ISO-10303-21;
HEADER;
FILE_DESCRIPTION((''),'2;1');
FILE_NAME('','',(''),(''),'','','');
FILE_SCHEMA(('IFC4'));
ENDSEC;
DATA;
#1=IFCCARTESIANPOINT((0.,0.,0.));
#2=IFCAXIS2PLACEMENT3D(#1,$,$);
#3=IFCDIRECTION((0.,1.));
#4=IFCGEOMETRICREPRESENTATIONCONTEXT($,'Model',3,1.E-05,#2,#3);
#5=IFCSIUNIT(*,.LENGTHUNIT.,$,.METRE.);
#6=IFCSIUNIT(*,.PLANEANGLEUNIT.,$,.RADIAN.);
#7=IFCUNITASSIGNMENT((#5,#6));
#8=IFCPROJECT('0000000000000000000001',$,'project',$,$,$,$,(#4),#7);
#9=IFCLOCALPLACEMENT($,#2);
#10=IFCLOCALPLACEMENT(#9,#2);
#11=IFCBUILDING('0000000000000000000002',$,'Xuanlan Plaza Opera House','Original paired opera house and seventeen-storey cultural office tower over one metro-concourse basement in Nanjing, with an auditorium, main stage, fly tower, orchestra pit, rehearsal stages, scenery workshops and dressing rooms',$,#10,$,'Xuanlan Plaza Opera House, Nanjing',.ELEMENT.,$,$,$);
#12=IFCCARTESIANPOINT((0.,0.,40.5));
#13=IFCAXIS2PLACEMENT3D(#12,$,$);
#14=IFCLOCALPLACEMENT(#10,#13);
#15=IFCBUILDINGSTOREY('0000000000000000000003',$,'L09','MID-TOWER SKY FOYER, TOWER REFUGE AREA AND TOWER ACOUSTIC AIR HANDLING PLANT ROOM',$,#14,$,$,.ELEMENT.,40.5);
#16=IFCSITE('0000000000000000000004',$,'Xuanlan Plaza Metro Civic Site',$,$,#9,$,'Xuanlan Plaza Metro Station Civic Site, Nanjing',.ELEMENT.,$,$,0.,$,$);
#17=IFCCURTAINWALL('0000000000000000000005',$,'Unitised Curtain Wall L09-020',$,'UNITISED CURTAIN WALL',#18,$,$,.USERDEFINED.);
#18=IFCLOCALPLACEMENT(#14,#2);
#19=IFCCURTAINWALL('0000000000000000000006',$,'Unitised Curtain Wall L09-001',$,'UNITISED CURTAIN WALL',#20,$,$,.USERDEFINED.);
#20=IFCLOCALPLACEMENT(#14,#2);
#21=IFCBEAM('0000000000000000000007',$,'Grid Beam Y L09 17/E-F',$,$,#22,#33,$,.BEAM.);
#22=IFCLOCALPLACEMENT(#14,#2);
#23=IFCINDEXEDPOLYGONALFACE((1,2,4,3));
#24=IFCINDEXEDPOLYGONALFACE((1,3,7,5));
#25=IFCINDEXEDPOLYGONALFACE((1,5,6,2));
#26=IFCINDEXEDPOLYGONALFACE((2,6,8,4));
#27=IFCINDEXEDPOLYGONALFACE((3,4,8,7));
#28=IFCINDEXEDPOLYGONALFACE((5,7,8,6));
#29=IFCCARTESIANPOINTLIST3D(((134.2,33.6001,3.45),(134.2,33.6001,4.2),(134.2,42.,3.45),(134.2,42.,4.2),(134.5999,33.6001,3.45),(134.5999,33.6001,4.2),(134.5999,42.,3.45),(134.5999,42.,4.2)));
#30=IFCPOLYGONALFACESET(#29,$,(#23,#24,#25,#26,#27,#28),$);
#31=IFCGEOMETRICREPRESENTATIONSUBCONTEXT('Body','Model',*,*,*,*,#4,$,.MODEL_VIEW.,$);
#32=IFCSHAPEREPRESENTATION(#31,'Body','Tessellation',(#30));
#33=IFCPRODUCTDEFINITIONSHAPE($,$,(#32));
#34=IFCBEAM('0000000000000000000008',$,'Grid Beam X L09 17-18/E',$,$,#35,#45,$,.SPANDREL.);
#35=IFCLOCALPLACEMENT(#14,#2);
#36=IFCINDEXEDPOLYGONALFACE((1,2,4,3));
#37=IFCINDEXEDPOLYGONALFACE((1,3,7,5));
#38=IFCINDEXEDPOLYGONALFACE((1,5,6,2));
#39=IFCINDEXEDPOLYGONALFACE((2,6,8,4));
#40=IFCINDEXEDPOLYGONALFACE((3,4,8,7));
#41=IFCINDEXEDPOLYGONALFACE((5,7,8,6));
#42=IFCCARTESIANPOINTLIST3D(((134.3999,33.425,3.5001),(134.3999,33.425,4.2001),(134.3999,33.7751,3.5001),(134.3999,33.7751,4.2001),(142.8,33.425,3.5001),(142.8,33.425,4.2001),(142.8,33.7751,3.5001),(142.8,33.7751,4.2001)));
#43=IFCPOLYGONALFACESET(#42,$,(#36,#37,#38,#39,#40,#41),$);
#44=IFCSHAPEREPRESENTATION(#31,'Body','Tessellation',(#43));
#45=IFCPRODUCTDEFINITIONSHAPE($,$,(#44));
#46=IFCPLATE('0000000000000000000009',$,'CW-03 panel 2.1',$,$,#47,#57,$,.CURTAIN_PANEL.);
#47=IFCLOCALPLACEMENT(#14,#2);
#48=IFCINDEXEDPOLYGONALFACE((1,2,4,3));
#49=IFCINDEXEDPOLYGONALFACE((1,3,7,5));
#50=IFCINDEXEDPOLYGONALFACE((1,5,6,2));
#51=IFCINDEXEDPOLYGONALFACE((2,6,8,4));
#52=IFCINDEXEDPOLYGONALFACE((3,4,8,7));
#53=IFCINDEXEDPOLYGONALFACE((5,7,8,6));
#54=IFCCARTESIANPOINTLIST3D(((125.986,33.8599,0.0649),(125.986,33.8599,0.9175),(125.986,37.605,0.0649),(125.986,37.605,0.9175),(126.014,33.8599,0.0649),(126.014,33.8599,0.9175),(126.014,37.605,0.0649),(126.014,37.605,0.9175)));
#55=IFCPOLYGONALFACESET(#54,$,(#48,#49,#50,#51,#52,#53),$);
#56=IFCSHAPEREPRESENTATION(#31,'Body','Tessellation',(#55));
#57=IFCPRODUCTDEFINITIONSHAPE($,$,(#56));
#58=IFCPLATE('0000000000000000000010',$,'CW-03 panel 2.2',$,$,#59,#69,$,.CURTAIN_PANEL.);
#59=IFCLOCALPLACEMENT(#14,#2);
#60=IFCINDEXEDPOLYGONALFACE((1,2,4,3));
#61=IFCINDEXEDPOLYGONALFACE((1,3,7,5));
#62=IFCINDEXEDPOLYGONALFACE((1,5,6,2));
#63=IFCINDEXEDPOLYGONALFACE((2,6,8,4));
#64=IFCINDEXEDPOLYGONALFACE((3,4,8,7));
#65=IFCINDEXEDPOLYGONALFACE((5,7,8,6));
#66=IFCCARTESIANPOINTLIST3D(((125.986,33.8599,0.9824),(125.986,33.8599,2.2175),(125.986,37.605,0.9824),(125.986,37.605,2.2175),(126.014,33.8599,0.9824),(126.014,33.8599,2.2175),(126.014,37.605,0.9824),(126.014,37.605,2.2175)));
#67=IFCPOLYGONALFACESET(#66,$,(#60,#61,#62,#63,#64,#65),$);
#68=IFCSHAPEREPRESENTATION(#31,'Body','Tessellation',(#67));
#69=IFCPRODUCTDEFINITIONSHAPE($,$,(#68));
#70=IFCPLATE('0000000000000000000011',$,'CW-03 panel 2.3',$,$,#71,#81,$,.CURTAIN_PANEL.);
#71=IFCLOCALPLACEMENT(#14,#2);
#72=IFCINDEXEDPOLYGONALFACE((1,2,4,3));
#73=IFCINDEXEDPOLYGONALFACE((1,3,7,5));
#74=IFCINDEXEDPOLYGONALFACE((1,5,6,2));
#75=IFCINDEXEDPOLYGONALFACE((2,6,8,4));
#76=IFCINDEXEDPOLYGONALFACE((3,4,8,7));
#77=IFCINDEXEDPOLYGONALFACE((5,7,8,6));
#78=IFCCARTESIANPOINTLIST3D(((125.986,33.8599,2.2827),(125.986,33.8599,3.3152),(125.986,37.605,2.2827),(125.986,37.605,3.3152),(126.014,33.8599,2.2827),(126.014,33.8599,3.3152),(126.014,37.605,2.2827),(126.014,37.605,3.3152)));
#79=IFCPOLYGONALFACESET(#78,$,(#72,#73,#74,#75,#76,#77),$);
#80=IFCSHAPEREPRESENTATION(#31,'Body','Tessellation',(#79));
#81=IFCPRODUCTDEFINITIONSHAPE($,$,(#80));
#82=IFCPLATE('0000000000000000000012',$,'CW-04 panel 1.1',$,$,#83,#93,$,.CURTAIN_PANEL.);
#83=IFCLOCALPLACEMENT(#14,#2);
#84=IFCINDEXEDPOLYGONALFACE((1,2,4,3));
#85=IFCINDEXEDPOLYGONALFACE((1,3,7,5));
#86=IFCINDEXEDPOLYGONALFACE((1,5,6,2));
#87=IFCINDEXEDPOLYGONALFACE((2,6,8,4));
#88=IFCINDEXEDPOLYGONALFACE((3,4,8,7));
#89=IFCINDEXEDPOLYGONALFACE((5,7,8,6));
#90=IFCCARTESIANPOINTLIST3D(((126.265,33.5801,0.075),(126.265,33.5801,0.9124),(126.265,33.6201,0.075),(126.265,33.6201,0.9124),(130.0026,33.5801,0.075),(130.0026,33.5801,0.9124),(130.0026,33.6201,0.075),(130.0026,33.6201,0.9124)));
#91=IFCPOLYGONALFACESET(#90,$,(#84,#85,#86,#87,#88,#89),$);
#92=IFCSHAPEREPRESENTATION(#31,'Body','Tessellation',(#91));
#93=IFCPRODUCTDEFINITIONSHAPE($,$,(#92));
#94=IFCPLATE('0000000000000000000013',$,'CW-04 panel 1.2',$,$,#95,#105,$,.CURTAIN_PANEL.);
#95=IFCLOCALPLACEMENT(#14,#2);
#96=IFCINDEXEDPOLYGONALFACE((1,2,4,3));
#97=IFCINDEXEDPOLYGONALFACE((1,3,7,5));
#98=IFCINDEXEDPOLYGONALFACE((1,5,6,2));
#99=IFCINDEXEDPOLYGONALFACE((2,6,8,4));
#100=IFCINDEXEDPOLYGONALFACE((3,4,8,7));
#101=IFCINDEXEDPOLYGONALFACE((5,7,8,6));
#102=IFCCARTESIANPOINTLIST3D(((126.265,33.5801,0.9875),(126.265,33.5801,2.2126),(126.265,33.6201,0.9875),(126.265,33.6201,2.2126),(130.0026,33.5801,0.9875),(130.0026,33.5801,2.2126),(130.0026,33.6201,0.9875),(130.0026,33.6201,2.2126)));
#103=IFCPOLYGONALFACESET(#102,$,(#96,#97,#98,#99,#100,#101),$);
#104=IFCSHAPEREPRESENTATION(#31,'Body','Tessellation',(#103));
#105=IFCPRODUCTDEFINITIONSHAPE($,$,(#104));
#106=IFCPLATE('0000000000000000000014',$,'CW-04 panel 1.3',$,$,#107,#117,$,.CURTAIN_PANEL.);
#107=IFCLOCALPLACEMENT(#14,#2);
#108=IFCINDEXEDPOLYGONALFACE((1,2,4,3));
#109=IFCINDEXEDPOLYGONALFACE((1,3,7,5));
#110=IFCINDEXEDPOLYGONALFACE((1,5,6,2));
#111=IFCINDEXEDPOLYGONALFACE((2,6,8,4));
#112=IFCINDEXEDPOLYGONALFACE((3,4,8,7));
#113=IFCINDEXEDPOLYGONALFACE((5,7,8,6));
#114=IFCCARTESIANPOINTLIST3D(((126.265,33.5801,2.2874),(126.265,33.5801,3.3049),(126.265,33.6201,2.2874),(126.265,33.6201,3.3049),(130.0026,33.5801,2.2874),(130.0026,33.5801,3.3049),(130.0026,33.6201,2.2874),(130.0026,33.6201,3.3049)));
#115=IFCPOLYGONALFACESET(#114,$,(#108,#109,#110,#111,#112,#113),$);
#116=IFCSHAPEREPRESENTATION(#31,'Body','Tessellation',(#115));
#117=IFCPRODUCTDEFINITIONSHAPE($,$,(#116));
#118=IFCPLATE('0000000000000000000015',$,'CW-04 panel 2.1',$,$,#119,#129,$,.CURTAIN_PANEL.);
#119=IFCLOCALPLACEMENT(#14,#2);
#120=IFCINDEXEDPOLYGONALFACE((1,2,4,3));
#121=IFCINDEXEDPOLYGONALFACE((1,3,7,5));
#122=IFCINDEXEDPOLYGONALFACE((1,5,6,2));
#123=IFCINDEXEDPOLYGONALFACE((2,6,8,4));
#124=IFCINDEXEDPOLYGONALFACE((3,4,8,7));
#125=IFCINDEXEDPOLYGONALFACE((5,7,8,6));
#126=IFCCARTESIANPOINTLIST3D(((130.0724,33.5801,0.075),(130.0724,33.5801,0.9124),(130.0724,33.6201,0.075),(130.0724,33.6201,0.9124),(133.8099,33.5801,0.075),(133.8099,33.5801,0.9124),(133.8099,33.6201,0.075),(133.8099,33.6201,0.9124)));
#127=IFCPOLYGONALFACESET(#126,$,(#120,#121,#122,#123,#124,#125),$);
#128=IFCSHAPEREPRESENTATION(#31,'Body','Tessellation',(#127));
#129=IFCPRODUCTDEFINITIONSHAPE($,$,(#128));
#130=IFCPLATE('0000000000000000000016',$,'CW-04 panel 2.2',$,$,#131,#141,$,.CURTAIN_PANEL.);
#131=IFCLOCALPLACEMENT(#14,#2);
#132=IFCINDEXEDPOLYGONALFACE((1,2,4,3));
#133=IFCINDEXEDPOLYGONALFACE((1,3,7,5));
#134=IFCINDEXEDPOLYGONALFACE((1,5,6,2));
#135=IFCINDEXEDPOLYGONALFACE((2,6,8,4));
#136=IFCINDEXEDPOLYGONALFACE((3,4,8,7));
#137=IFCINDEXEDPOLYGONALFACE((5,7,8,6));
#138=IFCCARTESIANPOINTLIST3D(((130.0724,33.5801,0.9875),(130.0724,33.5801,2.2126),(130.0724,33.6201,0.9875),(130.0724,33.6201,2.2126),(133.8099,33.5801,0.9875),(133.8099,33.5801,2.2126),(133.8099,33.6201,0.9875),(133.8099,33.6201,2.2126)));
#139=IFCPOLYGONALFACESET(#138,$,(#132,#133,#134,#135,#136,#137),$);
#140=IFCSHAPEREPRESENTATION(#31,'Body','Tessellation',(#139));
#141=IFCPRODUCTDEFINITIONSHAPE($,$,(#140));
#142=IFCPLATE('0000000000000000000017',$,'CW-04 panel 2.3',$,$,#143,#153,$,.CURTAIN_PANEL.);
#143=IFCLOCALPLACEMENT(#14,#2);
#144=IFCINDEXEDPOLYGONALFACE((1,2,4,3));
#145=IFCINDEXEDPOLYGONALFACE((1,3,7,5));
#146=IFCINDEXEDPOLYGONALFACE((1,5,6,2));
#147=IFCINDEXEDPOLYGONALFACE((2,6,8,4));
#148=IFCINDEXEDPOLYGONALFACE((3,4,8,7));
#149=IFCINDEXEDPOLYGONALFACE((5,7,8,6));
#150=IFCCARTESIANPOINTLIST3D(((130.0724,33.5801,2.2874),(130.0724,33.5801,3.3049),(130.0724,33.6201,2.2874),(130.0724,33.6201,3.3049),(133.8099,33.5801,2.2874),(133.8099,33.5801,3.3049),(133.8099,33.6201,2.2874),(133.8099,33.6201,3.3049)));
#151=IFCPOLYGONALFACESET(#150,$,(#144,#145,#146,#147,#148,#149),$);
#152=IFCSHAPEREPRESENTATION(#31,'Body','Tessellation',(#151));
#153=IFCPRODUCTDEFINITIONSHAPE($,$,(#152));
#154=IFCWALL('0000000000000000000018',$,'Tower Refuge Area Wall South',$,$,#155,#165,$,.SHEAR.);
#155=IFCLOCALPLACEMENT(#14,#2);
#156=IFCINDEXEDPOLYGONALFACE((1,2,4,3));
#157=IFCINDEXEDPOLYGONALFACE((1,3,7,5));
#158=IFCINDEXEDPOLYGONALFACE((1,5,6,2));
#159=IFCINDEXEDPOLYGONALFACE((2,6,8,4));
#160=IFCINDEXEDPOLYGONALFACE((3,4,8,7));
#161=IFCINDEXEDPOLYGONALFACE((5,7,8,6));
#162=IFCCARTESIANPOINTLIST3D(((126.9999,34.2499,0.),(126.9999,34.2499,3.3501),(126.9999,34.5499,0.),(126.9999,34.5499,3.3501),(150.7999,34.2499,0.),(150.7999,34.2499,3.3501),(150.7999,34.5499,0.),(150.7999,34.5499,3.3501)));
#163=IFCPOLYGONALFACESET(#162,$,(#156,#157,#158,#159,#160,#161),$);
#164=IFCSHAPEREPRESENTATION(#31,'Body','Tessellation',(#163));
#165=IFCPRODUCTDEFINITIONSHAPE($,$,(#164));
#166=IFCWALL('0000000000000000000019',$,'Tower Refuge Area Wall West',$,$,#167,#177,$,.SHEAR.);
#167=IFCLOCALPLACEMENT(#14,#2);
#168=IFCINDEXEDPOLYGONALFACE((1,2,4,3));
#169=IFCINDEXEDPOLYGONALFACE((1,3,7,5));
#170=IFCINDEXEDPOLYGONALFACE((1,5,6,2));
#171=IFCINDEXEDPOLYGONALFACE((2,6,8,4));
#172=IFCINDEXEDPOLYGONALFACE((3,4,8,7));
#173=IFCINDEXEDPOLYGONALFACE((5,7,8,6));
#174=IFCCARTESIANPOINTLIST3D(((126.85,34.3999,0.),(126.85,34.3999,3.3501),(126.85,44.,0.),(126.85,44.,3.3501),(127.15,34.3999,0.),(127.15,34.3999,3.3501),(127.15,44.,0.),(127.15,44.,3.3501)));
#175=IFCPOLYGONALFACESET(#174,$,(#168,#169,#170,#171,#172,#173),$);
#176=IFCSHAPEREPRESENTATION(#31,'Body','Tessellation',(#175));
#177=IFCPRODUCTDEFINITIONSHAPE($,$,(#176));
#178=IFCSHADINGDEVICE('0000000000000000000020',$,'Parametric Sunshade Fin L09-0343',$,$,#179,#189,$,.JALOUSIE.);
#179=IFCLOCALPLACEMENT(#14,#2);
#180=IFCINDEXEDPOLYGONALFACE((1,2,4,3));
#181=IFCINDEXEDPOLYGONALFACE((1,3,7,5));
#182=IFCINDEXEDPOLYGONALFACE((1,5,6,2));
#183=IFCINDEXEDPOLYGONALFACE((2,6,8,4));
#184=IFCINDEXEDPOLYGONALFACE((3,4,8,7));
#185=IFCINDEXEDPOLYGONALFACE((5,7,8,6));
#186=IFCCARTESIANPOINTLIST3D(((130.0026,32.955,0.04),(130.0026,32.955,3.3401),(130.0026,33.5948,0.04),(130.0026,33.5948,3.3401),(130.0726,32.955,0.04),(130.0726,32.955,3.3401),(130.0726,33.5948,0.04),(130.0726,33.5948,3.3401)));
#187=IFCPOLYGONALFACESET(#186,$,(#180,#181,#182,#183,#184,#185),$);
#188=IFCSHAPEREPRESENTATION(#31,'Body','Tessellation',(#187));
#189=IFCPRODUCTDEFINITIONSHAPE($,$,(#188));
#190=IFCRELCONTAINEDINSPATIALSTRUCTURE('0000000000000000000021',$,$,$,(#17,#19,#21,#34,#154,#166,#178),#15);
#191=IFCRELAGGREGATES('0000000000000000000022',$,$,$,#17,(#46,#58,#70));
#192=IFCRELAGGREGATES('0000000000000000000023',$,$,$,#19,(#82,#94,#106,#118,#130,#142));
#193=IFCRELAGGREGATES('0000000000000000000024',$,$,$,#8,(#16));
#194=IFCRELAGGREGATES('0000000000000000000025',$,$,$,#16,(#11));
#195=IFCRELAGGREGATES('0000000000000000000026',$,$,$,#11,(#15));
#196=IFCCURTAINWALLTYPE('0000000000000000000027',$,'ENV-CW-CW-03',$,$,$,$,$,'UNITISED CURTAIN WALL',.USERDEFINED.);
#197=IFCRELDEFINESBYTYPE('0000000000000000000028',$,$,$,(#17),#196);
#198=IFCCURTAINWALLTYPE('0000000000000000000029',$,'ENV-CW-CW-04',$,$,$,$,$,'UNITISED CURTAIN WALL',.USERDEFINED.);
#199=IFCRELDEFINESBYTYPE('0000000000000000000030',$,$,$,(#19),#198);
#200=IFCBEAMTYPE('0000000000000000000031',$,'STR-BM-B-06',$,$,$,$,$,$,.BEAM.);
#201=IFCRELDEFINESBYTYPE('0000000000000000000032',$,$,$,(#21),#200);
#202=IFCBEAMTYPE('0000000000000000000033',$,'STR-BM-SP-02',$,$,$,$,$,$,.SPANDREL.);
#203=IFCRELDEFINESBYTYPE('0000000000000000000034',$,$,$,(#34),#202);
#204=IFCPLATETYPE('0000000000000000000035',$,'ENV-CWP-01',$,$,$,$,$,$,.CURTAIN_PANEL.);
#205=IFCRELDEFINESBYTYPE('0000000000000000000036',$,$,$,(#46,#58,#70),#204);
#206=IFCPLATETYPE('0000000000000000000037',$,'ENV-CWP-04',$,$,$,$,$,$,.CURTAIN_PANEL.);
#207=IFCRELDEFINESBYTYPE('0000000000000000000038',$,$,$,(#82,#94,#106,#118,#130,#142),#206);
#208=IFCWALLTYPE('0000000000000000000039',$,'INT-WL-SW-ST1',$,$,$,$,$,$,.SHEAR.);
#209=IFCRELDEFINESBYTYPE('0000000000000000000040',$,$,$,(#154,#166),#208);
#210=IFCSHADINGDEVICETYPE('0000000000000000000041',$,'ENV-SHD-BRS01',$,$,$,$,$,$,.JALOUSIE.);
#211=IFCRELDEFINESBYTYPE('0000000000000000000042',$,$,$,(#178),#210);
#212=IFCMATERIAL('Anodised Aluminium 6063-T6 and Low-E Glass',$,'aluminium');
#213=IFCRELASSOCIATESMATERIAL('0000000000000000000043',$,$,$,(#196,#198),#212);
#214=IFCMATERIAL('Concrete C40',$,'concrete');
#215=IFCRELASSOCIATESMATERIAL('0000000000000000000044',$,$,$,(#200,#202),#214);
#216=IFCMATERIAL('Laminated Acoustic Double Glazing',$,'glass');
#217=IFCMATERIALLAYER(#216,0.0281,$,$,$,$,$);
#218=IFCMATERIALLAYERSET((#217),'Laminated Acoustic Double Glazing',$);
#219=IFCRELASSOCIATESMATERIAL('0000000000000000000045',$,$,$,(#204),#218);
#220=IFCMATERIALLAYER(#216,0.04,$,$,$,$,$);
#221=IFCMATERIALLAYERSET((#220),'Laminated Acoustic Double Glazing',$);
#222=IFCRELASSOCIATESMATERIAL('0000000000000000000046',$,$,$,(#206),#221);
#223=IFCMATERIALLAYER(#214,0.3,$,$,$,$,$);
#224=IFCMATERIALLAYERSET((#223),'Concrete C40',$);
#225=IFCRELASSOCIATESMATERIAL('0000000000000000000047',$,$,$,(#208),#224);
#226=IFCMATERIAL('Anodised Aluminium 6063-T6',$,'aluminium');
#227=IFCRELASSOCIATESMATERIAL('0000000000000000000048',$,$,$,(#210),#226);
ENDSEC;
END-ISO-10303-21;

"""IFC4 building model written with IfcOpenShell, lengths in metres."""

from ifc_helpers import new_model, si_unit, direction, frame, frame_2d, origin, origin_2d, place, context, subcontext, project, spatial, rectangle, extrude, material, layer, layer_set, material_profile, profile_set, type_object, element, aggregate, save


model = new_model("IFC4")

# Units and contexts
model_context = context("Model", 3, precision=1e-05, world=origin(), true_north=direction((0.0, 1.0)))
body_context = subcontext(model_context, "Body", "Model", "MODEL_VIEW")
ifc_project = project(units=[si_unit("LENGTHUNIT", "METRE"), si_unit("PLANEANGLEUNIT", "RADIAN")], contexts=[model_context])

# Site, building, storey
site_placement = place(None, origin())
site = spatial("IfcSite", under=ifc_project, at=site_placement, Name="Xuanlan Plaza Metro Civic Site", LongName="Xuanlan Plaza Metro Station Civic Site, Nanjing", CompositionType="ELEMENT", RefElevation=0.0)
building_placement = place(site_placement, origin())
building = spatial("IfcBuilding", under=site, at=building_placement, Name="Xuanlan Plaza Opera House", Description="Original paired opera house and seventeen-storey cultural office tower over one metro-concourse basement in Nanjing, with an auditorium, main stage, fly tower, orchestra pit, rehearsal stages, scenery workshops and dressing rooms", LongName="Xuanlan Plaza Opera House, Nanjing", CompositionType="ELEMENT")
storey_placement = place(building_placement, frame((0.0, 0.0, 40.5)))
storey = spatial("IfcBuildingStorey", under=building, at=storey_placement, Name="L09", Description="MID-TOWER SKY FOYER, TOWER REFUGE AREA AND TOWER ACOUSTIC AIR HANDLING PLANT ROOM", CompositionType="ELEMENT", Elevation=40.5)

# Curtain wall
ifc_material_1 = material(Name="Anodised Aluminium 6063-T6 and Low-E Glass", Category="aluminium")
curtain_wall_type_1 = type_object("IfcCurtainWallType", Name="ENV-CW-CW-03", ElementType="UNITISED CURTAIN WALL", PredefinedType="USERDEFINED", material=ifc_material_1)
curtain_wall_1_placement = place(storey_placement, origin())
curtain_wall_1 = element("IfcCurtainWall", 1, at=curtain_wall_1_placement, inside=storey, type_object=curtain_wall_type_1, Name="Unitised Curtain Wall L09-020", ObjectType="UNITISED CURTAIN WALL", PredefinedType="USERDEFINED")
ifc_material_2 = material(Name="Anodised Aluminium 6063-T6", Category="aluminium")

# Curtain wall
curtain_wall_type_2 = type_object("IfcCurtainWallType", Name="ENV-CW-CW-04", ElementType="UNITISED CURTAIN WALL", PredefinedType="USERDEFINED", material=ifc_material_1)
curtain_wall_2_placement = place(storey_placement, origin())
curtain_wall_2 = element("IfcCurtainWall", 2, at=curtain_wall_2_placement, inside=storey, type_object=curtain_wall_type_2, Name="Unitised Curtain Wall L09-001", ObjectType="UNITISED CURTAIN WALL", PredefinedType="USERDEFINED")

# Beams
ifc_material_3 = material(Name="Concrete C40", Category="concrete")
ifc_material_profile_1 = material_profile(ifc_material_3, rectangle(XDim=0.3999, YDim=0.75, at=origin_2d()), Name="RC-BM 400x750")
ifc_profile_set_1 = profile_set([ifc_material_profile_1], Name="Concrete C40")
beam_type_1 = type_object("IfcBeamType", Name="STR-BM-B-06", PredefinedType="BEAM", material=ifc_profile_set_1)
beam_1_placement = place(storey_placement, frame((134.3999, 33.6001, 3.825), z_axis=(0.0, 1.0, 0.0), x_axis=(-1.0, 0.0, 0.0)))
element("IfcBeam", 3, at=beam_1_placement, inside=storey, type_object=beam_type_1, Name="Grid Beam Y L09 17/E-F", PredefinedType="BEAM", context=body_context, shape_type="SweptSolid", body=[
    extrude(rectangle(XDim=0.3999, YDim=0.75, at=origin_2d()), origin(), (0.0, 0.0, 1.0), 8.3999),
])
ifc_material_profile_2 = material_profile(ifc_material_3, rectangle(XDim=0.3501, YDim=0.7, at=origin_2d()), Name="RC-SPD 350x700")
ifc_profile_set_2 = profile_set([ifc_material_profile_2], Name="Concrete C40")
beam_type_2 = type_object("IfcBeamType", Name="STR-BM-SP-02", PredefinedType="SPANDREL", material=ifc_profile_set_2)
beam_2_placement = place(storey_placement, frame((134.3999, 33.6001, 3.8501), z_axis=(1.0, 0.0, 0.0), x_axis=(0.0, 1.0, 0.0)))
element("IfcBeam", 4, at=beam_2_placement, inside=storey, type_object=beam_type_2, Name="Grid Beam X L09 17-18/E", PredefinedType="SPANDREL", context=body_context, shape_type="SweptSolid", body=[
    extrude(rectangle(XDim=0.3501, YDim=0.7, at=origin_2d()), origin(), (0.0, 0.0, 1.0), 8.4001),
])

# Plates
ifc_material_4 = material(Name="Laminated Acoustic Double Glazing", Category="glass")
ifc_layer_1 = layer(ifc_material_4, 0.0281)
ifc_layer_set_1 = layer_set([ifc_layer_1], Name="Laminated Acoustic Double Glazing")
plate_type_1 = type_object("IfcPlateType", Name="ENV-CWP-01", PredefinedType="CURTAIN_PANEL", material=ifc_layer_set_1)
plate_1_placement = place(storey_placement, frame((126.0, 35.7324, 0.0649), z_axis=(0.0, 0.0, 1.0), x_axis=(0.0, -1.0, 0.0)))
plate_1 = element("IfcPlate", 5, at=plate_1_placement, type_object=plate_type_1, Name="CW-03 panel 2.1", PredefinedType="CURTAIN_PANEL", context=body_context, shape_type="SweptSolid", body=[
    extrude(rectangle(XDim=3.7451, YDim=0.0281, at=origin_2d()), origin(), (0.0, 0.0, 1.0), 0.8525),
])
plate_2_placement = place(storey_placement, frame((126.0, 35.7324, 0.9824), z_axis=(0.0, 0.0, 1.0), x_axis=(0.0, -1.0, 0.0)))
plate_2 = element("IfcPlate", 6, at=plate_2_placement, type_object=plate_type_1, Name="CW-03 panel 2.2", PredefinedType="CURTAIN_PANEL", context=body_context, shape_type="SweptSolid", body=[
    extrude(rectangle(XDim=3.7451, YDim=0.0281, at=origin_2d()), origin(), (0.0, 0.0, 1.0), 1.2351),
])
plate_3_placement = place(storey_placement, frame((126.0, 35.7324, 2.2827), z_axis=(0.0, 0.0, 1.0), x_axis=(0.0, -1.0, 0.0)))
plate_3 = element("IfcPlate", 7, at=plate_3_placement, type_object=plate_type_1, Name="CW-03 panel 2.3", PredefinedType="CURTAIN_PANEL", context=body_context, shape_type="SweptSolid", body=[
    extrude(rectangle(XDim=3.7451, YDim=0.0281, at=origin_2d()), origin(), (0.0, 0.0, 1.0), 1.0325),
])
aggregate(curtain_wall_1, [plate_1, plate_2, plate_3])
ifc_layer_2 = layer(ifc_material_4, 0.04)
ifc_layer_set_2 = layer_set([ifc_layer_2], Name="Laminated Acoustic Double Glazing")
plate_type_2 = type_object("IfcPlateType", Name="ENV-CWP-04", PredefinedType="CURTAIN_PANEL", material=ifc_layer_set_2)
plate_4_placement = place(storey_placement, frame((128.1338, 33.6001, 0.075), z_axis=(0.0, 0.0, 1.0), x_axis=(1.0, 0.0, 0.0)))
plate_4 = element("IfcPlate", 8, at=plate_4_placement, type_object=plate_type_2, Name="CW-04 panel 1.1", PredefinedType="CURTAIN_PANEL", context=body_context, shape_type="SweptSolid", body=[
    extrude(rectangle(XDim=3.7375, YDim=0.04, at=origin_2d()), origin(), (0.0, 0.0, 1.0), 0.8374),
])
plate_5_placement = place(storey_placement, frame((128.1338, 33.6001, 0.9875), z_axis=(0.0, 0.0, 1.0), x_axis=(1.0, 0.0, 0.0)))
plate_5 = element("IfcPlate", 9, at=plate_5_placement, type_object=plate_type_2, Name="CW-04 panel 1.2", PredefinedType="CURTAIN_PANEL", context=body_context, shape_type="SweptSolid", body=[
    extrude(rectangle(XDim=3.7375, YDim=0.04, at=origin_2d()), origin(), (0.0, 0.0, 1.0), 1.2251),
])
plate_6_placement = place(storey_placement, frame((128.1338, 33.6001, 2.2874), z_axis=(0.0, 0.0, 1.0), x_axis=(1.0, 0.0, 0.0)))
plate_6 = element("IfcPlate", 10, at=plate_6_placement, type_object=plate_type_2, Name="CW-04 panel 1.3", PredefinedType="CURTAIN_PANEL", context=body_context, shape_type="SweptSolid", body=[
    extrude(rectangle(XDim=3.7375, YDim=0.04, at=origin_2d()), origin(), (0.0, 0.0, 1.0), 1.0176),
])
plate_7_placement = place(storey_placement, frame((131.9412, 33.6001, 0.075), z_axis=(0.0, 0.0, 1.0), x_axis=(1.0, 0.0, 0.0)))
plate_7 = element("IfcPlate", 11, at=plate_7_placement, type_object=plate_type_2, Name="CW-04 panel 2.1", PredefinedType="CURTAIN_PANEL", context=body_context, shape_type="SweptSolid", body=[
    extrude(rectangle(XDim=3.7375, YDim=0.04, at=origin_2d()), origin(), (0.0, 0.0, 1.0), 0.8374),
])
plate_8_placement = place(storey_placement, frame((131.9412, 33.6001, 0.9875), z_axis=(0.0, 0.0, 1.0), x_axis=(1.0, 0.0, 0.0)))
plate_8 = element("IfcPlate", 12, at=plate_8_placement, type_object=plate_type_2, Name="CW-04 panel 2.2", PredefinedType="CURTAIN_PANEL", context=body_context, shape_type="SweptSolid", body=[
    extrude(rectangle(XDim=3.7375, YDim=0.04, at=origin_2d()), origin(), (0.0, 0.0, 1.0), 1.2251),
])
plate_9_placement = place(storey_placement, frame((131.9412, 33.6001, 2.2874), z_axis=(0.0, 0.0, 1.0), x_axis=(1.0, 0.0, 0.0)))
plate_9 = element("IfcPlate", 13, at=plate_9_placement, type_object=plate_type_2, Name="CW-04 panel 2.3", PredefinedType="CURTAIN_PANEL", context=body_context, shape_type="SweptSolid", body=[
    extrude(rectangle(XDim=3.7375, YDim=0.04, at=origin_2d()), origin(), (0.0, 0.0, 1.0), 1.0176),
])
aggregate(curtain_wall_2, [plate_4, plate_5, plate_6, plate_7, plate_8, plate_9])

# Walls
ifc_layer_3 = layer(ifc_material_3, 0.3)
ifc_layer_set_3 = layer_set([ifc_layer_3], Name="Concrete C40")
wall_type = type_object("IfcWallType", Name="INT-WL-SW-ST1", PredefinedType="SHEAR", material=ifc_layer_set_3)
wall_1_placement = place(storey_placement, frame((127.0, 34.3999, 0.0), z_axis=(0.0, 0.0, 1.0), x_axis=(1.0, 0.0, 0.0)))
element("IfcWall", 14, at=wall_1_placement, inside=storey, type_object=wall_type, Name="Tower Refuge Area Wall South", PredefinedType="SHEAR", context=body_context, shape_type="SweptSolid", body=[
    extrude(rectangle(XDim=23.8, YDim=0.3, at=frame_2d((11.8999, 0.0))), origin(), (0.0, 0.0, 1.0), 3.3501),
])
wall_2_placement = place(storey_placement, frame((127.0, 34.3999, 0.0), z_axis=(0.0, 0.0, 1.0), x_axis=(0.0, 1.0, 0.0)))
element("IfcWall", 15, at=wall_2_placement, inside=storey, type_object=wall_type, Name="Tower Refuge Area Wall West", PredefinedType="SHEAR", context=body_context, shape_type="SweptSolid", body=[
    extrude(rectangle(XDim=9.6001, YDim=0.3, at=frame_2d((4.8, 0.0))), origin(), (0.0, 0.0, 1.0), 3.3501),
])

# Shading device
shading_device_type = type_object("IfcShadingDeviceType", Name="ENV-SHD-BRS01", PredefinedType="JALOUSIE", material=ifc_material_2)
shading_device_placement = place(storey_placement, frame((130.0376, 33.2749, 0.04), z_axis=(0.0, 0.0, 1.0), x_axis=(0.0, -1.0, 0.0)))
element("IfcShadingDevice", 16, at=shading_device_placement, inside=storey, type_object=shading_device_type, Name="Parametric Sunshade Fin L09-0343", PredefinedType="JALOUSIE", context=body_context, shape_type="SweptSolid", body=[
    extrude(rectangle(XDim=0.6399, YDim=0.0701, at=origin_2d()), origin(), (0.0, 0.0, 1.0), 3.3),
])

save(model, "model.ifc")
